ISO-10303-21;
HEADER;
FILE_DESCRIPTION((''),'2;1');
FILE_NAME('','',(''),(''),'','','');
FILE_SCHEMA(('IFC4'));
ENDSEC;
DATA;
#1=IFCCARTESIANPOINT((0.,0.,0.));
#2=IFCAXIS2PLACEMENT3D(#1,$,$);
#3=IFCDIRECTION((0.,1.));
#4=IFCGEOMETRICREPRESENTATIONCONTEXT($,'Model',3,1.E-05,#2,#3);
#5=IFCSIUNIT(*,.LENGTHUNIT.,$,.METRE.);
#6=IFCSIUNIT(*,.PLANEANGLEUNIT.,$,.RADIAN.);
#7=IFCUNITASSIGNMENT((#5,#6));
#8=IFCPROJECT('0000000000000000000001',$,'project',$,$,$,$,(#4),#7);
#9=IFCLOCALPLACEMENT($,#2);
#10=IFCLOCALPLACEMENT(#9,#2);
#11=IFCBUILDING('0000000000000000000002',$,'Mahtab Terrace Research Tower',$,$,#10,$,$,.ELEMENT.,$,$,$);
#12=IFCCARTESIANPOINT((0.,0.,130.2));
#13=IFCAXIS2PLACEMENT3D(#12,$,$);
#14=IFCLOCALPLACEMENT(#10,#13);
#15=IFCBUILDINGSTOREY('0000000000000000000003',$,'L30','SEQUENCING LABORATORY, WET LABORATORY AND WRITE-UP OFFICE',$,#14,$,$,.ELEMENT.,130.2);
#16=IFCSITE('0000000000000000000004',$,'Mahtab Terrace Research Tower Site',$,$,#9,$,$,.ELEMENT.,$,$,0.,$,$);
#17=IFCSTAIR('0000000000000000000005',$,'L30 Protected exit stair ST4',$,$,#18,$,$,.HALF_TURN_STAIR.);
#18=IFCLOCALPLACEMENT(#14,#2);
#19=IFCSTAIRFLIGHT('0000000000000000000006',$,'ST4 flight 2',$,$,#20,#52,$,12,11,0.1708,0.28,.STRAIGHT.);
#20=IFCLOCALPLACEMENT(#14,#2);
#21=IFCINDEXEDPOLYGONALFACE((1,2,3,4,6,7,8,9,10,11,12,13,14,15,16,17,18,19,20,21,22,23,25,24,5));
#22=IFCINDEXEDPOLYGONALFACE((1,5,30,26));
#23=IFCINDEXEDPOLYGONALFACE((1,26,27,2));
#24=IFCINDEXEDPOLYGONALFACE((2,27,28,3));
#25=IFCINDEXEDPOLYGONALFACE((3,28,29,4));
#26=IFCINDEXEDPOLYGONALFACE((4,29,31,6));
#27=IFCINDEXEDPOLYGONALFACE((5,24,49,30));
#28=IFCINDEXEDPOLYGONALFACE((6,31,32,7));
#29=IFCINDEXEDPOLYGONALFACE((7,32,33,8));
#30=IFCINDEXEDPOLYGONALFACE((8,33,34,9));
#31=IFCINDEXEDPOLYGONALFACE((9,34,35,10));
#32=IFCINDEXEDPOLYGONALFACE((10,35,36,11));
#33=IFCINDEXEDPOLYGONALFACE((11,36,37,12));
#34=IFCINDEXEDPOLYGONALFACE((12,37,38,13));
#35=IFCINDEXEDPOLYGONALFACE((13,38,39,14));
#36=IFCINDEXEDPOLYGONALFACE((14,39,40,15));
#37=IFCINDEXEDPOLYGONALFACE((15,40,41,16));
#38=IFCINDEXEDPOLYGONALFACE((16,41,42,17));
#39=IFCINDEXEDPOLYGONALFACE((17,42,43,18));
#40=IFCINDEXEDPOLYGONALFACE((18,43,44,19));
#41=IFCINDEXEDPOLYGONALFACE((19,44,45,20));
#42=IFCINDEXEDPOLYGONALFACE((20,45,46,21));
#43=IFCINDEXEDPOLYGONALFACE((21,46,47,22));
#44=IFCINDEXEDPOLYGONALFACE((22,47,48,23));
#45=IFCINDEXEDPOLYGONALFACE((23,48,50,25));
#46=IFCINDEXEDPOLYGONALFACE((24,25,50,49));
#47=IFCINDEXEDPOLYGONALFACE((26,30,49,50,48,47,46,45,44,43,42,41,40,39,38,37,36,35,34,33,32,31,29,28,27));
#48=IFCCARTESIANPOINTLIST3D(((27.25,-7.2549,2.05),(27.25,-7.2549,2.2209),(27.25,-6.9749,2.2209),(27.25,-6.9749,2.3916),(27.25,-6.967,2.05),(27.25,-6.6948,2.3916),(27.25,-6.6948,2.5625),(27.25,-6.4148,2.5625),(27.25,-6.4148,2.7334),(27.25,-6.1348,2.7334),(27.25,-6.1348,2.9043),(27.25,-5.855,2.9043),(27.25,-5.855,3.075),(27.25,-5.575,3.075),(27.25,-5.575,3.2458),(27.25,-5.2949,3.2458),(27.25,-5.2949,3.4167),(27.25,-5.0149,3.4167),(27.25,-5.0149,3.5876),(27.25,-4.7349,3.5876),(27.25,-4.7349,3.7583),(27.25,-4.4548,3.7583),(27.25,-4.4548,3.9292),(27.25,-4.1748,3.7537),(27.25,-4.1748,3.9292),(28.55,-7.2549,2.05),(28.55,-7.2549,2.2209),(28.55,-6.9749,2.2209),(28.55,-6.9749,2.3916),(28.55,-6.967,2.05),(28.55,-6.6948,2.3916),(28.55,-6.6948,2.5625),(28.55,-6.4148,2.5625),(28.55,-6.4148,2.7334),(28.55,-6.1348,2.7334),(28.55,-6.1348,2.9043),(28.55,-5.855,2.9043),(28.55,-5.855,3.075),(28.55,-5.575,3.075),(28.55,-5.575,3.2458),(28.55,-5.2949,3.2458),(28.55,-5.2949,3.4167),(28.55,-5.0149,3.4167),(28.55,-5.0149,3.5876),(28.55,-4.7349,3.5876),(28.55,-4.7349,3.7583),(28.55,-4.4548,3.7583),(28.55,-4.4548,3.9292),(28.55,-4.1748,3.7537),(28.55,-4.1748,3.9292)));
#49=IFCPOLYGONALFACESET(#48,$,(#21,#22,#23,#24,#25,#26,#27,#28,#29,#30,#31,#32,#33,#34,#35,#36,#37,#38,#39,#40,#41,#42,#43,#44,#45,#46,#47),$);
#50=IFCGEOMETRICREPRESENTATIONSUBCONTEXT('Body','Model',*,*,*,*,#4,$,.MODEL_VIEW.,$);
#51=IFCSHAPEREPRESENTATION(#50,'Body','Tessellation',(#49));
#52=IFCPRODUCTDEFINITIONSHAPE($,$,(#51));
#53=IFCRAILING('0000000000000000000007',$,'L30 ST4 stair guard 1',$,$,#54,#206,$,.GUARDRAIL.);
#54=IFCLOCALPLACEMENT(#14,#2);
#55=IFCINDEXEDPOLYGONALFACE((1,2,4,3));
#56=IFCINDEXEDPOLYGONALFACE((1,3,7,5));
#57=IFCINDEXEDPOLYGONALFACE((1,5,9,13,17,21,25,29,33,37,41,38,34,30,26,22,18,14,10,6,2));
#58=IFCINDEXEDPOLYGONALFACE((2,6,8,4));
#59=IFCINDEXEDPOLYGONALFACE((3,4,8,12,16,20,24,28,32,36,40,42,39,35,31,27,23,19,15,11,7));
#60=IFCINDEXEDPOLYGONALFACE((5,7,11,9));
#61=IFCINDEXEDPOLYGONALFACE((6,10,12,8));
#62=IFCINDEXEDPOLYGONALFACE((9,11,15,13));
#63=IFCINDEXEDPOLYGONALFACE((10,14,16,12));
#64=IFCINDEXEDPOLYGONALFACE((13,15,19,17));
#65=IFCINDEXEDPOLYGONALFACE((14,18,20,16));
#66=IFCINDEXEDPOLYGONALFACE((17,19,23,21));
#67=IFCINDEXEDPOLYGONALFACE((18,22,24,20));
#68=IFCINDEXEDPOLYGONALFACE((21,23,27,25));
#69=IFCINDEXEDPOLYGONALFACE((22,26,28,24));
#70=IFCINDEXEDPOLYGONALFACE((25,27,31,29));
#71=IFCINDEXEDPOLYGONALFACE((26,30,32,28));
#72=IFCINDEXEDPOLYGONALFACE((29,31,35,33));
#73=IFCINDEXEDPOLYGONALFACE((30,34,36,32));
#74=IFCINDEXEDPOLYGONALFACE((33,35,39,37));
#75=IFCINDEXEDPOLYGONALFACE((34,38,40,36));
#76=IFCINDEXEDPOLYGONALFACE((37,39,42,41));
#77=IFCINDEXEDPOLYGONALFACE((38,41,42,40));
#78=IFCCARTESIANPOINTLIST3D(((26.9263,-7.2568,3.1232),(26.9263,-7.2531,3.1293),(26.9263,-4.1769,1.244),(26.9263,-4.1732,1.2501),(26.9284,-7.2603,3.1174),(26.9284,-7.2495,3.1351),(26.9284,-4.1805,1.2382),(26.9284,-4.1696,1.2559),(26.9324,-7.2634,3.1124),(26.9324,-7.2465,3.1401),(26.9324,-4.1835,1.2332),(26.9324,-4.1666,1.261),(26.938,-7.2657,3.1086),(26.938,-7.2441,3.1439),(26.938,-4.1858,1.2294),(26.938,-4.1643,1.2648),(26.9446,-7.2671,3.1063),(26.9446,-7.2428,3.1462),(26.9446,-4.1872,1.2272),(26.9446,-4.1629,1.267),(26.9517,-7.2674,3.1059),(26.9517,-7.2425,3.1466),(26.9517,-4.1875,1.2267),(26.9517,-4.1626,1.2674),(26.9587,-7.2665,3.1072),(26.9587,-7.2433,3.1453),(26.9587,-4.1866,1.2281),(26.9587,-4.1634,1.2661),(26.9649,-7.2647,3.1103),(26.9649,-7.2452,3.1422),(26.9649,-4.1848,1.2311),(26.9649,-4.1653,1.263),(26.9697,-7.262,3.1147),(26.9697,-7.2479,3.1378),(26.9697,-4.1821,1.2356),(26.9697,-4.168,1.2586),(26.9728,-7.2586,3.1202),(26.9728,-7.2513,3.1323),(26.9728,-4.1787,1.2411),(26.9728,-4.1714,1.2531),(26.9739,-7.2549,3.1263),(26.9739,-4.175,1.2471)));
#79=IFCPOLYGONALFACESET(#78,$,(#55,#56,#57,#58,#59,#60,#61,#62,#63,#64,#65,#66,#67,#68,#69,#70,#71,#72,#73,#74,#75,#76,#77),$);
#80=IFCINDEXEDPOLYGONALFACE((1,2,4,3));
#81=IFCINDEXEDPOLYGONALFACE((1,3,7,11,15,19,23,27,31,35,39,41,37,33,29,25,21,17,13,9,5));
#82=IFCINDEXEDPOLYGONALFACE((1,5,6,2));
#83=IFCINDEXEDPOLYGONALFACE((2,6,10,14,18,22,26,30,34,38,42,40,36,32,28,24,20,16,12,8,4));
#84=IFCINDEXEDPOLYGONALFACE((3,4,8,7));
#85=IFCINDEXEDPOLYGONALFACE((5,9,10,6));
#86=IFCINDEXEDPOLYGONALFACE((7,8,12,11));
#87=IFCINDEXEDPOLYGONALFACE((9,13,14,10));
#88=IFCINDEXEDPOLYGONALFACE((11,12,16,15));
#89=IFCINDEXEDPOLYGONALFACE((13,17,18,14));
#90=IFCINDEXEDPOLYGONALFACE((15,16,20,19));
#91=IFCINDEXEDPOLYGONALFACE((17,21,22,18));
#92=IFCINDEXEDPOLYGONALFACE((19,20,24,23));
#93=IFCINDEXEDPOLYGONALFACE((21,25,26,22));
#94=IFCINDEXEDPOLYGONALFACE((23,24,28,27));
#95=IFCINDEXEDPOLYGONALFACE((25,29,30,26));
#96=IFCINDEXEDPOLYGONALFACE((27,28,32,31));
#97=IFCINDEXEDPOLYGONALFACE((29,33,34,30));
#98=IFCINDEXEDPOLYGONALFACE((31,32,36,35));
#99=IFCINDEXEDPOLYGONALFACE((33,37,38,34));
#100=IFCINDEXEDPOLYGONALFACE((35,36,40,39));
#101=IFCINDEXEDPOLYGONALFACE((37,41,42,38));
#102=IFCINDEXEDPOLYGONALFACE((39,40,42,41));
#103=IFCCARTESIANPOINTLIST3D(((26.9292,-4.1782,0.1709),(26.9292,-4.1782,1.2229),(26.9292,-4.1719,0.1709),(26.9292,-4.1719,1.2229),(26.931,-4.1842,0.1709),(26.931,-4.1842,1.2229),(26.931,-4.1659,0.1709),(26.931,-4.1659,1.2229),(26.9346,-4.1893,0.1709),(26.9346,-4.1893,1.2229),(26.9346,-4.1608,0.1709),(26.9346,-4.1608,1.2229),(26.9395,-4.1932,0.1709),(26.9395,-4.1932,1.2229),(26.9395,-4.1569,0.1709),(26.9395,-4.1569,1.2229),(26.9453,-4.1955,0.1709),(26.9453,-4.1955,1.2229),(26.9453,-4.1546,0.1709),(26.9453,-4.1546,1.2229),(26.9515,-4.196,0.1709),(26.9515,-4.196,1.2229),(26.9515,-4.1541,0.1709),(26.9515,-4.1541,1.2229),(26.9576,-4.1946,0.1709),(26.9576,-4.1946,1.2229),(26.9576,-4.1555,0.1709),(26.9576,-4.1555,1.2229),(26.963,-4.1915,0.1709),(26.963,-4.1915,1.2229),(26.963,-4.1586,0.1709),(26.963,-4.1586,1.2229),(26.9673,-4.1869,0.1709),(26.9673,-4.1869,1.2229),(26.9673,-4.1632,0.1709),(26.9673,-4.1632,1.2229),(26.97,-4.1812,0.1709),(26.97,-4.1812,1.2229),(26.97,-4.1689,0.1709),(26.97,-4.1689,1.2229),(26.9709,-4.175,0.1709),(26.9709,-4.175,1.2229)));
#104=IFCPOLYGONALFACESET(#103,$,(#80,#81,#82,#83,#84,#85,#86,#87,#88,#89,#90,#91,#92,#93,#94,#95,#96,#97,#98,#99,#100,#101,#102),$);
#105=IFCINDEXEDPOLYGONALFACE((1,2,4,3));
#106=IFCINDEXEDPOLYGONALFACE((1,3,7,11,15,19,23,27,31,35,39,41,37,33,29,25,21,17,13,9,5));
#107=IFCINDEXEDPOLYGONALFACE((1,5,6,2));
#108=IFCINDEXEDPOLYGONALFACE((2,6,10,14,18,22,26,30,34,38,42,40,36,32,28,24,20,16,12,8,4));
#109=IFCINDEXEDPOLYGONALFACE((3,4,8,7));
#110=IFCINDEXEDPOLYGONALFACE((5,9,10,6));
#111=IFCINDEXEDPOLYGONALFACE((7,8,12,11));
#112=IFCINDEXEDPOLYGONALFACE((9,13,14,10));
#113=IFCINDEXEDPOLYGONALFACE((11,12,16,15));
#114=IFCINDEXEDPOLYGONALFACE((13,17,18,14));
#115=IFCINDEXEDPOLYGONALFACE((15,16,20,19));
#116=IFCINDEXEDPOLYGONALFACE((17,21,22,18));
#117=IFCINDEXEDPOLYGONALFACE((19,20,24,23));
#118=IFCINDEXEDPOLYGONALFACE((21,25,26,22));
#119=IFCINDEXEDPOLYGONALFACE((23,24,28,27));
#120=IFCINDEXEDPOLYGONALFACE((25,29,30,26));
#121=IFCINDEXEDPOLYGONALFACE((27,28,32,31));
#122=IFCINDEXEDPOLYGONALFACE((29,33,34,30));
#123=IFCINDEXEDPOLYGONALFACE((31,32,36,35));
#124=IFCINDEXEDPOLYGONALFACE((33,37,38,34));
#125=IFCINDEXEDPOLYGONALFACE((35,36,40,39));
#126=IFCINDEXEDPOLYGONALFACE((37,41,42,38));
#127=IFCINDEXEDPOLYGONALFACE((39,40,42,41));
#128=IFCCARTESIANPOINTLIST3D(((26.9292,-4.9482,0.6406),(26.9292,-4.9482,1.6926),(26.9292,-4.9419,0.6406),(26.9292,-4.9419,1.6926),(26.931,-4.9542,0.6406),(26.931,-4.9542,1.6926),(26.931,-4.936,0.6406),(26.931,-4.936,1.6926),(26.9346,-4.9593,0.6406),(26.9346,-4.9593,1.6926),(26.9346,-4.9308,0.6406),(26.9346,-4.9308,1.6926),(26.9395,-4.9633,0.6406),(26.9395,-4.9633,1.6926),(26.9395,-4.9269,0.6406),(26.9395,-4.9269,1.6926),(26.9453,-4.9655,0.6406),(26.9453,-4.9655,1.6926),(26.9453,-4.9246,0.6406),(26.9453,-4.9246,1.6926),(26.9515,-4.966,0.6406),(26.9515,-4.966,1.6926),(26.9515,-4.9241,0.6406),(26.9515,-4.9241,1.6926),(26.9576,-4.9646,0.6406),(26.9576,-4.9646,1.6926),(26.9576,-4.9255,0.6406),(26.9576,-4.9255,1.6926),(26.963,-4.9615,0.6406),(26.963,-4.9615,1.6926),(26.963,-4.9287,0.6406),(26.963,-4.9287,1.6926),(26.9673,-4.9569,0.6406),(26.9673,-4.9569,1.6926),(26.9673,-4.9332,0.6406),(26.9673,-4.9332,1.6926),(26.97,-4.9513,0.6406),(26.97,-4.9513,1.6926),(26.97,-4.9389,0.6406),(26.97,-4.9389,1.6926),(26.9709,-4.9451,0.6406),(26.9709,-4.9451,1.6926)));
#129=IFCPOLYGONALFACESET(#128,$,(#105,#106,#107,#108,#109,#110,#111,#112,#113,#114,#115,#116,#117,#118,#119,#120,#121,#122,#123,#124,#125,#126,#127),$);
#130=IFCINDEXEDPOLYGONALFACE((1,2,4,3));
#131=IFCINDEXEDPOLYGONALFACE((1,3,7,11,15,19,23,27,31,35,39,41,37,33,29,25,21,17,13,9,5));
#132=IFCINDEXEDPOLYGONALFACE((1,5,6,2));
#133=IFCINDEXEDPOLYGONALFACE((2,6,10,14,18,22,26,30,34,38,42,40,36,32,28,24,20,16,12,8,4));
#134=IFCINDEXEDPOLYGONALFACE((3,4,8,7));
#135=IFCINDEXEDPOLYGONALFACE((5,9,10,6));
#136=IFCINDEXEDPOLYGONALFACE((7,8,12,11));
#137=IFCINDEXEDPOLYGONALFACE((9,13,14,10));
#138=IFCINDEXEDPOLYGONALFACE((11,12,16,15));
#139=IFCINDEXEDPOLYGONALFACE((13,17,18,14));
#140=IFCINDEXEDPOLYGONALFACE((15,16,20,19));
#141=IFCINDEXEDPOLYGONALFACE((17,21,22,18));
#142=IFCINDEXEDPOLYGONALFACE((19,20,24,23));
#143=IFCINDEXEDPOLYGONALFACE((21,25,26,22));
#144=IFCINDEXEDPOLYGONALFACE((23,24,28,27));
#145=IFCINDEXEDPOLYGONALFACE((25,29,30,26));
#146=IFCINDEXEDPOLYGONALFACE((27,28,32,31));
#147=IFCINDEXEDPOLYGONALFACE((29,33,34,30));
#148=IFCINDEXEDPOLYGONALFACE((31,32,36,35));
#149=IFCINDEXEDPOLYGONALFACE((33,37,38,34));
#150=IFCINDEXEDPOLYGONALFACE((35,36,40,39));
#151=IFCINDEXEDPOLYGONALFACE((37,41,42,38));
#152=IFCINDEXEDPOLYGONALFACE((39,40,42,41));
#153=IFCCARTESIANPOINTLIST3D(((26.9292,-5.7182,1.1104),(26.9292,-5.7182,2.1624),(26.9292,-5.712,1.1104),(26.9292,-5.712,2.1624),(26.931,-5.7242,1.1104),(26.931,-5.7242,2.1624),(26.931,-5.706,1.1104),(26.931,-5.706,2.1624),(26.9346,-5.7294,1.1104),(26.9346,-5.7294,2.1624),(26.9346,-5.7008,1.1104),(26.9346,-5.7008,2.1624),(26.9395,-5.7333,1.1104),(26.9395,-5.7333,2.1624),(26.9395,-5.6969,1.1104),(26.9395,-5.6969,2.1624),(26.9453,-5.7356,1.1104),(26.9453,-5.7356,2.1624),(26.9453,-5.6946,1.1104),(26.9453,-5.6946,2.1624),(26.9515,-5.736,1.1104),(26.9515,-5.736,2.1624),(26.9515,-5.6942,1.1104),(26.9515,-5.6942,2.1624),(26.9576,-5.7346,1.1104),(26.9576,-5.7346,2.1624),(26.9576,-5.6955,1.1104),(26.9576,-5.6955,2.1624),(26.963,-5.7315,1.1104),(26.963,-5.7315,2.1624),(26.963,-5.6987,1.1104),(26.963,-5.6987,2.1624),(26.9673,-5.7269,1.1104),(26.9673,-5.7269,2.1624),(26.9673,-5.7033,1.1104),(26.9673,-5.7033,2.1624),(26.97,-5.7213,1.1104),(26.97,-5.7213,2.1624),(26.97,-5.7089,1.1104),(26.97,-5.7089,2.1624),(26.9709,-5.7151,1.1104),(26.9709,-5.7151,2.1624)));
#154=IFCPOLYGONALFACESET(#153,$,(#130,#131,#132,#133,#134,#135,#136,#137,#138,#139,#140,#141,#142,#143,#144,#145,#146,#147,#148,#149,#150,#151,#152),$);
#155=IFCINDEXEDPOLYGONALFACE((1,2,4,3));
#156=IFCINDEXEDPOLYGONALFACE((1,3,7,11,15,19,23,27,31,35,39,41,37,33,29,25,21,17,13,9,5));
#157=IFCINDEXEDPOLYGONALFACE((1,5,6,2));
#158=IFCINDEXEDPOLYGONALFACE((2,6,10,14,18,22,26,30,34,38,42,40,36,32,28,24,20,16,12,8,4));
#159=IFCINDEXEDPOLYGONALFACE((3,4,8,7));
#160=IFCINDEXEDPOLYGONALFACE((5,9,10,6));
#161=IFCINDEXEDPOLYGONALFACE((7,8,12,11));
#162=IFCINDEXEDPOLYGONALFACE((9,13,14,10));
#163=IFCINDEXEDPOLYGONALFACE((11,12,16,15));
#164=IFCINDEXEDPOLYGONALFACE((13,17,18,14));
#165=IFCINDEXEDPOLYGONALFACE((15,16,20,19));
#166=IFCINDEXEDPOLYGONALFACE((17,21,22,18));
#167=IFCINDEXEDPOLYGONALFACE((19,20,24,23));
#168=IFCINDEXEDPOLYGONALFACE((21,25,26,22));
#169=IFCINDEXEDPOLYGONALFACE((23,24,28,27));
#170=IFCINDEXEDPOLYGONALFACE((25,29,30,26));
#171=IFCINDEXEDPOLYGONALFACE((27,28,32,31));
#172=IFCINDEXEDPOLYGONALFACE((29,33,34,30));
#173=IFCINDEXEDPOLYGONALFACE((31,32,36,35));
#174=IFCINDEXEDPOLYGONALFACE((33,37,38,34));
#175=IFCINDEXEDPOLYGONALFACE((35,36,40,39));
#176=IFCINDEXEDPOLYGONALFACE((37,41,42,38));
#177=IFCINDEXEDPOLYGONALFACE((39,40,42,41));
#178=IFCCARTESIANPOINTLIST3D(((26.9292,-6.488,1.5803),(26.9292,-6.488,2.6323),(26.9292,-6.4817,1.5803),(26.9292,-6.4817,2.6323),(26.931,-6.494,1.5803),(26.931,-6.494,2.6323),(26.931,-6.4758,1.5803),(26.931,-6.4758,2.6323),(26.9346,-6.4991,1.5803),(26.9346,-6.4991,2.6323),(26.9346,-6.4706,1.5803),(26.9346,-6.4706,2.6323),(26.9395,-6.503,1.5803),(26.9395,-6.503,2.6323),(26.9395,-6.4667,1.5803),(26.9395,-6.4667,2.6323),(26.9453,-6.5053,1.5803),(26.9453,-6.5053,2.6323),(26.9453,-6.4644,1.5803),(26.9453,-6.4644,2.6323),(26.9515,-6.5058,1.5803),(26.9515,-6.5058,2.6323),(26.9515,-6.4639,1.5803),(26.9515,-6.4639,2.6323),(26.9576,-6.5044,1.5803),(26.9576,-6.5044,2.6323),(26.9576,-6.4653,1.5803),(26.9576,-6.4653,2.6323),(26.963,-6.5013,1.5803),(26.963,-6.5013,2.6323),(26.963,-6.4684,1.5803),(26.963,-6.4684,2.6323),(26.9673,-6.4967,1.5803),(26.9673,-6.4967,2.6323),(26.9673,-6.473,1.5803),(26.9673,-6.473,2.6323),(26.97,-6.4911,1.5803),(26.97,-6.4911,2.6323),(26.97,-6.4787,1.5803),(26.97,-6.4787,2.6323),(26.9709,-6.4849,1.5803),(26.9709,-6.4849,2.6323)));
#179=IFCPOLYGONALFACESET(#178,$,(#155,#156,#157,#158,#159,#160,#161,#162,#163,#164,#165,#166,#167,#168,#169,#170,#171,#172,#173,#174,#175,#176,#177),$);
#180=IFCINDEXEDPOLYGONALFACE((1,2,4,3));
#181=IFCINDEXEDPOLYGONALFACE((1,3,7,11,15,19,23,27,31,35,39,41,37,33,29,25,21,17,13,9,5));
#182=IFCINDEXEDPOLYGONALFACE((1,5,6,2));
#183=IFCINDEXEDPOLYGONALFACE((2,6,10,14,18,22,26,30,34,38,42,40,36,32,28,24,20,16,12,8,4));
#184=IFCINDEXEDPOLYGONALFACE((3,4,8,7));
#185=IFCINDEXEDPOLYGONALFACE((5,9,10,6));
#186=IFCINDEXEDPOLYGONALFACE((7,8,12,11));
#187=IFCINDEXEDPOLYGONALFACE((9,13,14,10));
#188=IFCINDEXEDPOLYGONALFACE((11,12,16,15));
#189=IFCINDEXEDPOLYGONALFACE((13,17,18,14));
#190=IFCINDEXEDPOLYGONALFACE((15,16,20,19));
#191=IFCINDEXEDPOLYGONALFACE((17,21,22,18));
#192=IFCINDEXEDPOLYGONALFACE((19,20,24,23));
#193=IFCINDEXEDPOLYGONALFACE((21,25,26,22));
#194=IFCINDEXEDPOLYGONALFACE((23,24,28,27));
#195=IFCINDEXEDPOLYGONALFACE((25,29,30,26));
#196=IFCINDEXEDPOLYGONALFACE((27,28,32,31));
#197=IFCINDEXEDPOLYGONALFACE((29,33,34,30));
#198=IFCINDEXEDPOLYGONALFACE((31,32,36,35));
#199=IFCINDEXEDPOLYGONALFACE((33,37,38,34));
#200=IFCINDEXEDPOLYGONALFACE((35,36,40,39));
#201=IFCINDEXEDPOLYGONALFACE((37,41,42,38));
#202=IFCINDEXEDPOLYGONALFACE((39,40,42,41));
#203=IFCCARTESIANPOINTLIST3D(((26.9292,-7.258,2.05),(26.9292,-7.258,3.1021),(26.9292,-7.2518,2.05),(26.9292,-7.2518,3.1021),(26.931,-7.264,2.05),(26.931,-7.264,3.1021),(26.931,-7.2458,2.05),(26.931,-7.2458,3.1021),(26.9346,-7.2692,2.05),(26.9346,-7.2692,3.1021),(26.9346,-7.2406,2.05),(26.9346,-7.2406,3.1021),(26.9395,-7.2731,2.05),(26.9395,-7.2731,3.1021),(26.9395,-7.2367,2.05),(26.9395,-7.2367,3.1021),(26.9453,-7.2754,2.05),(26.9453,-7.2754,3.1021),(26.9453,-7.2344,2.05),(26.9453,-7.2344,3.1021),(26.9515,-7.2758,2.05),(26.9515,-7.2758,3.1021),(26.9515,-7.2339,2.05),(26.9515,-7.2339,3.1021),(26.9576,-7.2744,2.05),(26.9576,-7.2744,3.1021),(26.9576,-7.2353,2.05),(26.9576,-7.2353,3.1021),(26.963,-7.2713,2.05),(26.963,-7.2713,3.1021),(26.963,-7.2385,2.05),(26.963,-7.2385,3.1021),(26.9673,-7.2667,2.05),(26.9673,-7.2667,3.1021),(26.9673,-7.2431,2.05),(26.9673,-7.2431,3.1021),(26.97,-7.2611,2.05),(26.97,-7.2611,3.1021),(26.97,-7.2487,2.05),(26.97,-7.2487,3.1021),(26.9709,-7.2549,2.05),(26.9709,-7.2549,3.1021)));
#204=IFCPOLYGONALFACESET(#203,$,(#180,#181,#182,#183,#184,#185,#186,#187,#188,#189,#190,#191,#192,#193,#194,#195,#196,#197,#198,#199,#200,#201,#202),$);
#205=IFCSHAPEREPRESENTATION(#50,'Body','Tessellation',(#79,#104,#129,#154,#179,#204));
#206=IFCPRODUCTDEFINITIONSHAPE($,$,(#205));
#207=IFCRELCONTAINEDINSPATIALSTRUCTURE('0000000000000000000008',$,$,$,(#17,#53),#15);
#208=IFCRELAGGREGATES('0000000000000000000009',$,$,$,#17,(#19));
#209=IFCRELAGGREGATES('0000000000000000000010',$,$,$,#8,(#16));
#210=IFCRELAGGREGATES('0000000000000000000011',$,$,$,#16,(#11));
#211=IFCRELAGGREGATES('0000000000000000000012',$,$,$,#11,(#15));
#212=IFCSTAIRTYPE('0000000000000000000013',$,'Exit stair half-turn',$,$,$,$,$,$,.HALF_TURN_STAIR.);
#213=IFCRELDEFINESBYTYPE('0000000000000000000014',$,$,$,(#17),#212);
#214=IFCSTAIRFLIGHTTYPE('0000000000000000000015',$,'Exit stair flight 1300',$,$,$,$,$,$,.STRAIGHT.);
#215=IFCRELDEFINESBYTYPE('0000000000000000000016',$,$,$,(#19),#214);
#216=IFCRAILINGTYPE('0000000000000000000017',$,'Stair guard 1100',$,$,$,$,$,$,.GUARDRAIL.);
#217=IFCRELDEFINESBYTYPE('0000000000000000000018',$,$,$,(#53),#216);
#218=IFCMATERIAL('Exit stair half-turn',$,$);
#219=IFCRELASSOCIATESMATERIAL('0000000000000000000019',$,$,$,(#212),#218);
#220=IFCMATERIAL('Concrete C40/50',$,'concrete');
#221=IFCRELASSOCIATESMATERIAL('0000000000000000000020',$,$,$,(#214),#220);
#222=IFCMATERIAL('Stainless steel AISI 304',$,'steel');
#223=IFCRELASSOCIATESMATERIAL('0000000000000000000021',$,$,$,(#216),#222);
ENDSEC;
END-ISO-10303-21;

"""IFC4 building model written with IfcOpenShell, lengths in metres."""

from ifc_helpers import new_model, si_unit, direction, frame, origin, origin_2d, place, context, subcontext, project, spatial, polyline, circle, outline, extrude, material, type_object, element, aggregate, save


model = new_model("IFC4")

# Units and contexts
model_context = context("Model", 3, precision=1e-05, world=origin(), true_north=direction((0.0, 1.0)))
body_context = subcontext(model_context, "Body", "Model", "MODEL_VIEW")
ifc_project = project(units=[si_unit("LENGTHUNIT", "METRE"), si_unit("PLANEANGLEUNIT", "RADIAN")], contexts=[model_context])

# Site, building, storey
site_placement = place(None, origin())
site = spatial("IfcSite", under=ifc_project, at=site_placement, Name="Mahtab Terrace Research Tower Site", CompositionType="ELEMENT", RefElevation=0.0)
building_placement = place(site_placement, origin())
building = spatial("IfcBuilding", under=site, at=building_placement, Name="Mahtab Terrace Research Tower", CompositionType="ELEMENT")
storey_placement = place(building_placement, frame((0.0, 0.0, 130.2)))
storey = spatial("IfcBuildingStorey", under=building, at=storey_placement, Name="L30", Description="SEQUENCING LABORATORY, WET LABORATORY AND WRITE-UP OFFICE", CompositionType="ELEMENT", Elevation=130.2)

# Stair, stair flight
ifc_material_1 = material(Name="Exit stair half-turn")
stair_type = type_object("IfcStairType", Name="Exit stair half-turn", PredefinedType="HALF_TURN_STAIR", material=ifc_material_1)
stair_placement = place(storey_placement, origin())
stair = element("IfcStair", 1, at=stair_placement, inside=storey, type_object=stair_type, Name="L30 Protected exit stair ST4", PredefinedType="HALF_TURN_STAIR")
ifc_material_2 = material(Name="Concrete C40/50", Category="concrete")
stair_flight_type = type_object("IfcStairFlightType", Name="Exit stair flight 1300", PredefinedType="STRAIGHT", material=ifc_material_2)
stair_flight_1_placement = place(storey_placement, frame((27.8999, -7.2549, 2.05), z_axis=(0.0, 0.0, 1.0), x_axis=(0.0, 1.0, 0.0)))
stair_flight_1 = element("IfcStairFlight", 2, at=stair_flight_1_placement, type_object=stair_flight_type, Name="ST4 flight 2", NumberOfRisers=12, NumberOfTreads=11, PredefinedType="STRAIGHT", RiserHeight=0.1708, TreadLength=0.28, context=body_context, shape_type="SweptSolid", body=[
    extrude(outline(polyline([(0.0, 0.0), (0.0, 0.1709), (0.28, 0.1709), (0.28, 0.3416), (0.5601, 0.3416), (0.5601, 0.5125), (0.8401, 0.5125), (0.8401, 0.6833), (1.1201, 0.6833), (1.1201, 0.8542), (1.3999, 0.8542), (1.3999, 1.0249), (1.6799, 1.0249), (1.6799, 1.1958), (1.96, 1.1958), (1.96, 1.3667), (2.24, 1.3667), (2.24, 1.5376), (2.52, 1.5376), (2.52, 1.7083), (2.8, 1.7083), (2.8, 1.8792), (3.0801, 1.8792), (3.0801, 2.05), (3.0801, 1.7036), (0.2878, 0.0), (0.0, 0.0)])), frame((0.0, 0.6499, 0.0), z_axis=(0.0, -1.0, 0.0), x_axis=(1.0, 0.0, 0.0)), (0.0, 0.0, 1.0), 1.3),
])
aggregate(stair, [stair_flight_1])

# Railing
ifc_material_3 = material(Name="Stainless steel AISI 304", Category="steel")
railing_type_1 = type_object("IfcRailingType", Name="Stair guard 1100", PredefinedType="GUARDRAIL", material=ifc_material_3)
railing_1_placement = place(storey_placement, frame((26.95, -4.175, 0.1709)))
element("IfcRailing", 3, at=railing_1_placement, inside=storey, type_object=railing_type_1, Name="L30 ST4 stair guard 1", PredefinedType="GUARDRAIL", context=body_context, shape_type="SweptSolid", body=[
    extrude(circle(Radius=0.0239, at=origin_2d()), frame((0.0, 0.0, 1.0762), z_axis=(0.0, -0.853648, 0.52085), x_axis=(1.0, 0.0, 0.0)), (0.0, 0.0, 1.0), 3.6079),
    extrude(circle(Radius=0.021, at=origin_2d()), origin(), (0.0, 0.0, 1.0), 1.052),
    extrude(circle(Radius=0.021, at=origin_2d()), frame((0.0, -0.77, 0.4697)), (0.0, 0.0, 1.0), 1.052),
    extrude(circle(Radius=0.021, at=origin_2d()), frame((0.0, -1.54, 0.9395)), (0.0, 0.0, 1.0), 1.052),
    extrude(circle(Radius=0.021, at=origin_2d()), frame((0.0, -2.3098, 1.4094)), (0.0, 0.0, 1.0), 1.052),
    extrude(circle(Radius=0.021, at=origin_2d()), frame((0.0, -3.0798, 1.8792)), (0.0, 0.0, 1.0), 1.052),
])

save(model, "model.ifc")
